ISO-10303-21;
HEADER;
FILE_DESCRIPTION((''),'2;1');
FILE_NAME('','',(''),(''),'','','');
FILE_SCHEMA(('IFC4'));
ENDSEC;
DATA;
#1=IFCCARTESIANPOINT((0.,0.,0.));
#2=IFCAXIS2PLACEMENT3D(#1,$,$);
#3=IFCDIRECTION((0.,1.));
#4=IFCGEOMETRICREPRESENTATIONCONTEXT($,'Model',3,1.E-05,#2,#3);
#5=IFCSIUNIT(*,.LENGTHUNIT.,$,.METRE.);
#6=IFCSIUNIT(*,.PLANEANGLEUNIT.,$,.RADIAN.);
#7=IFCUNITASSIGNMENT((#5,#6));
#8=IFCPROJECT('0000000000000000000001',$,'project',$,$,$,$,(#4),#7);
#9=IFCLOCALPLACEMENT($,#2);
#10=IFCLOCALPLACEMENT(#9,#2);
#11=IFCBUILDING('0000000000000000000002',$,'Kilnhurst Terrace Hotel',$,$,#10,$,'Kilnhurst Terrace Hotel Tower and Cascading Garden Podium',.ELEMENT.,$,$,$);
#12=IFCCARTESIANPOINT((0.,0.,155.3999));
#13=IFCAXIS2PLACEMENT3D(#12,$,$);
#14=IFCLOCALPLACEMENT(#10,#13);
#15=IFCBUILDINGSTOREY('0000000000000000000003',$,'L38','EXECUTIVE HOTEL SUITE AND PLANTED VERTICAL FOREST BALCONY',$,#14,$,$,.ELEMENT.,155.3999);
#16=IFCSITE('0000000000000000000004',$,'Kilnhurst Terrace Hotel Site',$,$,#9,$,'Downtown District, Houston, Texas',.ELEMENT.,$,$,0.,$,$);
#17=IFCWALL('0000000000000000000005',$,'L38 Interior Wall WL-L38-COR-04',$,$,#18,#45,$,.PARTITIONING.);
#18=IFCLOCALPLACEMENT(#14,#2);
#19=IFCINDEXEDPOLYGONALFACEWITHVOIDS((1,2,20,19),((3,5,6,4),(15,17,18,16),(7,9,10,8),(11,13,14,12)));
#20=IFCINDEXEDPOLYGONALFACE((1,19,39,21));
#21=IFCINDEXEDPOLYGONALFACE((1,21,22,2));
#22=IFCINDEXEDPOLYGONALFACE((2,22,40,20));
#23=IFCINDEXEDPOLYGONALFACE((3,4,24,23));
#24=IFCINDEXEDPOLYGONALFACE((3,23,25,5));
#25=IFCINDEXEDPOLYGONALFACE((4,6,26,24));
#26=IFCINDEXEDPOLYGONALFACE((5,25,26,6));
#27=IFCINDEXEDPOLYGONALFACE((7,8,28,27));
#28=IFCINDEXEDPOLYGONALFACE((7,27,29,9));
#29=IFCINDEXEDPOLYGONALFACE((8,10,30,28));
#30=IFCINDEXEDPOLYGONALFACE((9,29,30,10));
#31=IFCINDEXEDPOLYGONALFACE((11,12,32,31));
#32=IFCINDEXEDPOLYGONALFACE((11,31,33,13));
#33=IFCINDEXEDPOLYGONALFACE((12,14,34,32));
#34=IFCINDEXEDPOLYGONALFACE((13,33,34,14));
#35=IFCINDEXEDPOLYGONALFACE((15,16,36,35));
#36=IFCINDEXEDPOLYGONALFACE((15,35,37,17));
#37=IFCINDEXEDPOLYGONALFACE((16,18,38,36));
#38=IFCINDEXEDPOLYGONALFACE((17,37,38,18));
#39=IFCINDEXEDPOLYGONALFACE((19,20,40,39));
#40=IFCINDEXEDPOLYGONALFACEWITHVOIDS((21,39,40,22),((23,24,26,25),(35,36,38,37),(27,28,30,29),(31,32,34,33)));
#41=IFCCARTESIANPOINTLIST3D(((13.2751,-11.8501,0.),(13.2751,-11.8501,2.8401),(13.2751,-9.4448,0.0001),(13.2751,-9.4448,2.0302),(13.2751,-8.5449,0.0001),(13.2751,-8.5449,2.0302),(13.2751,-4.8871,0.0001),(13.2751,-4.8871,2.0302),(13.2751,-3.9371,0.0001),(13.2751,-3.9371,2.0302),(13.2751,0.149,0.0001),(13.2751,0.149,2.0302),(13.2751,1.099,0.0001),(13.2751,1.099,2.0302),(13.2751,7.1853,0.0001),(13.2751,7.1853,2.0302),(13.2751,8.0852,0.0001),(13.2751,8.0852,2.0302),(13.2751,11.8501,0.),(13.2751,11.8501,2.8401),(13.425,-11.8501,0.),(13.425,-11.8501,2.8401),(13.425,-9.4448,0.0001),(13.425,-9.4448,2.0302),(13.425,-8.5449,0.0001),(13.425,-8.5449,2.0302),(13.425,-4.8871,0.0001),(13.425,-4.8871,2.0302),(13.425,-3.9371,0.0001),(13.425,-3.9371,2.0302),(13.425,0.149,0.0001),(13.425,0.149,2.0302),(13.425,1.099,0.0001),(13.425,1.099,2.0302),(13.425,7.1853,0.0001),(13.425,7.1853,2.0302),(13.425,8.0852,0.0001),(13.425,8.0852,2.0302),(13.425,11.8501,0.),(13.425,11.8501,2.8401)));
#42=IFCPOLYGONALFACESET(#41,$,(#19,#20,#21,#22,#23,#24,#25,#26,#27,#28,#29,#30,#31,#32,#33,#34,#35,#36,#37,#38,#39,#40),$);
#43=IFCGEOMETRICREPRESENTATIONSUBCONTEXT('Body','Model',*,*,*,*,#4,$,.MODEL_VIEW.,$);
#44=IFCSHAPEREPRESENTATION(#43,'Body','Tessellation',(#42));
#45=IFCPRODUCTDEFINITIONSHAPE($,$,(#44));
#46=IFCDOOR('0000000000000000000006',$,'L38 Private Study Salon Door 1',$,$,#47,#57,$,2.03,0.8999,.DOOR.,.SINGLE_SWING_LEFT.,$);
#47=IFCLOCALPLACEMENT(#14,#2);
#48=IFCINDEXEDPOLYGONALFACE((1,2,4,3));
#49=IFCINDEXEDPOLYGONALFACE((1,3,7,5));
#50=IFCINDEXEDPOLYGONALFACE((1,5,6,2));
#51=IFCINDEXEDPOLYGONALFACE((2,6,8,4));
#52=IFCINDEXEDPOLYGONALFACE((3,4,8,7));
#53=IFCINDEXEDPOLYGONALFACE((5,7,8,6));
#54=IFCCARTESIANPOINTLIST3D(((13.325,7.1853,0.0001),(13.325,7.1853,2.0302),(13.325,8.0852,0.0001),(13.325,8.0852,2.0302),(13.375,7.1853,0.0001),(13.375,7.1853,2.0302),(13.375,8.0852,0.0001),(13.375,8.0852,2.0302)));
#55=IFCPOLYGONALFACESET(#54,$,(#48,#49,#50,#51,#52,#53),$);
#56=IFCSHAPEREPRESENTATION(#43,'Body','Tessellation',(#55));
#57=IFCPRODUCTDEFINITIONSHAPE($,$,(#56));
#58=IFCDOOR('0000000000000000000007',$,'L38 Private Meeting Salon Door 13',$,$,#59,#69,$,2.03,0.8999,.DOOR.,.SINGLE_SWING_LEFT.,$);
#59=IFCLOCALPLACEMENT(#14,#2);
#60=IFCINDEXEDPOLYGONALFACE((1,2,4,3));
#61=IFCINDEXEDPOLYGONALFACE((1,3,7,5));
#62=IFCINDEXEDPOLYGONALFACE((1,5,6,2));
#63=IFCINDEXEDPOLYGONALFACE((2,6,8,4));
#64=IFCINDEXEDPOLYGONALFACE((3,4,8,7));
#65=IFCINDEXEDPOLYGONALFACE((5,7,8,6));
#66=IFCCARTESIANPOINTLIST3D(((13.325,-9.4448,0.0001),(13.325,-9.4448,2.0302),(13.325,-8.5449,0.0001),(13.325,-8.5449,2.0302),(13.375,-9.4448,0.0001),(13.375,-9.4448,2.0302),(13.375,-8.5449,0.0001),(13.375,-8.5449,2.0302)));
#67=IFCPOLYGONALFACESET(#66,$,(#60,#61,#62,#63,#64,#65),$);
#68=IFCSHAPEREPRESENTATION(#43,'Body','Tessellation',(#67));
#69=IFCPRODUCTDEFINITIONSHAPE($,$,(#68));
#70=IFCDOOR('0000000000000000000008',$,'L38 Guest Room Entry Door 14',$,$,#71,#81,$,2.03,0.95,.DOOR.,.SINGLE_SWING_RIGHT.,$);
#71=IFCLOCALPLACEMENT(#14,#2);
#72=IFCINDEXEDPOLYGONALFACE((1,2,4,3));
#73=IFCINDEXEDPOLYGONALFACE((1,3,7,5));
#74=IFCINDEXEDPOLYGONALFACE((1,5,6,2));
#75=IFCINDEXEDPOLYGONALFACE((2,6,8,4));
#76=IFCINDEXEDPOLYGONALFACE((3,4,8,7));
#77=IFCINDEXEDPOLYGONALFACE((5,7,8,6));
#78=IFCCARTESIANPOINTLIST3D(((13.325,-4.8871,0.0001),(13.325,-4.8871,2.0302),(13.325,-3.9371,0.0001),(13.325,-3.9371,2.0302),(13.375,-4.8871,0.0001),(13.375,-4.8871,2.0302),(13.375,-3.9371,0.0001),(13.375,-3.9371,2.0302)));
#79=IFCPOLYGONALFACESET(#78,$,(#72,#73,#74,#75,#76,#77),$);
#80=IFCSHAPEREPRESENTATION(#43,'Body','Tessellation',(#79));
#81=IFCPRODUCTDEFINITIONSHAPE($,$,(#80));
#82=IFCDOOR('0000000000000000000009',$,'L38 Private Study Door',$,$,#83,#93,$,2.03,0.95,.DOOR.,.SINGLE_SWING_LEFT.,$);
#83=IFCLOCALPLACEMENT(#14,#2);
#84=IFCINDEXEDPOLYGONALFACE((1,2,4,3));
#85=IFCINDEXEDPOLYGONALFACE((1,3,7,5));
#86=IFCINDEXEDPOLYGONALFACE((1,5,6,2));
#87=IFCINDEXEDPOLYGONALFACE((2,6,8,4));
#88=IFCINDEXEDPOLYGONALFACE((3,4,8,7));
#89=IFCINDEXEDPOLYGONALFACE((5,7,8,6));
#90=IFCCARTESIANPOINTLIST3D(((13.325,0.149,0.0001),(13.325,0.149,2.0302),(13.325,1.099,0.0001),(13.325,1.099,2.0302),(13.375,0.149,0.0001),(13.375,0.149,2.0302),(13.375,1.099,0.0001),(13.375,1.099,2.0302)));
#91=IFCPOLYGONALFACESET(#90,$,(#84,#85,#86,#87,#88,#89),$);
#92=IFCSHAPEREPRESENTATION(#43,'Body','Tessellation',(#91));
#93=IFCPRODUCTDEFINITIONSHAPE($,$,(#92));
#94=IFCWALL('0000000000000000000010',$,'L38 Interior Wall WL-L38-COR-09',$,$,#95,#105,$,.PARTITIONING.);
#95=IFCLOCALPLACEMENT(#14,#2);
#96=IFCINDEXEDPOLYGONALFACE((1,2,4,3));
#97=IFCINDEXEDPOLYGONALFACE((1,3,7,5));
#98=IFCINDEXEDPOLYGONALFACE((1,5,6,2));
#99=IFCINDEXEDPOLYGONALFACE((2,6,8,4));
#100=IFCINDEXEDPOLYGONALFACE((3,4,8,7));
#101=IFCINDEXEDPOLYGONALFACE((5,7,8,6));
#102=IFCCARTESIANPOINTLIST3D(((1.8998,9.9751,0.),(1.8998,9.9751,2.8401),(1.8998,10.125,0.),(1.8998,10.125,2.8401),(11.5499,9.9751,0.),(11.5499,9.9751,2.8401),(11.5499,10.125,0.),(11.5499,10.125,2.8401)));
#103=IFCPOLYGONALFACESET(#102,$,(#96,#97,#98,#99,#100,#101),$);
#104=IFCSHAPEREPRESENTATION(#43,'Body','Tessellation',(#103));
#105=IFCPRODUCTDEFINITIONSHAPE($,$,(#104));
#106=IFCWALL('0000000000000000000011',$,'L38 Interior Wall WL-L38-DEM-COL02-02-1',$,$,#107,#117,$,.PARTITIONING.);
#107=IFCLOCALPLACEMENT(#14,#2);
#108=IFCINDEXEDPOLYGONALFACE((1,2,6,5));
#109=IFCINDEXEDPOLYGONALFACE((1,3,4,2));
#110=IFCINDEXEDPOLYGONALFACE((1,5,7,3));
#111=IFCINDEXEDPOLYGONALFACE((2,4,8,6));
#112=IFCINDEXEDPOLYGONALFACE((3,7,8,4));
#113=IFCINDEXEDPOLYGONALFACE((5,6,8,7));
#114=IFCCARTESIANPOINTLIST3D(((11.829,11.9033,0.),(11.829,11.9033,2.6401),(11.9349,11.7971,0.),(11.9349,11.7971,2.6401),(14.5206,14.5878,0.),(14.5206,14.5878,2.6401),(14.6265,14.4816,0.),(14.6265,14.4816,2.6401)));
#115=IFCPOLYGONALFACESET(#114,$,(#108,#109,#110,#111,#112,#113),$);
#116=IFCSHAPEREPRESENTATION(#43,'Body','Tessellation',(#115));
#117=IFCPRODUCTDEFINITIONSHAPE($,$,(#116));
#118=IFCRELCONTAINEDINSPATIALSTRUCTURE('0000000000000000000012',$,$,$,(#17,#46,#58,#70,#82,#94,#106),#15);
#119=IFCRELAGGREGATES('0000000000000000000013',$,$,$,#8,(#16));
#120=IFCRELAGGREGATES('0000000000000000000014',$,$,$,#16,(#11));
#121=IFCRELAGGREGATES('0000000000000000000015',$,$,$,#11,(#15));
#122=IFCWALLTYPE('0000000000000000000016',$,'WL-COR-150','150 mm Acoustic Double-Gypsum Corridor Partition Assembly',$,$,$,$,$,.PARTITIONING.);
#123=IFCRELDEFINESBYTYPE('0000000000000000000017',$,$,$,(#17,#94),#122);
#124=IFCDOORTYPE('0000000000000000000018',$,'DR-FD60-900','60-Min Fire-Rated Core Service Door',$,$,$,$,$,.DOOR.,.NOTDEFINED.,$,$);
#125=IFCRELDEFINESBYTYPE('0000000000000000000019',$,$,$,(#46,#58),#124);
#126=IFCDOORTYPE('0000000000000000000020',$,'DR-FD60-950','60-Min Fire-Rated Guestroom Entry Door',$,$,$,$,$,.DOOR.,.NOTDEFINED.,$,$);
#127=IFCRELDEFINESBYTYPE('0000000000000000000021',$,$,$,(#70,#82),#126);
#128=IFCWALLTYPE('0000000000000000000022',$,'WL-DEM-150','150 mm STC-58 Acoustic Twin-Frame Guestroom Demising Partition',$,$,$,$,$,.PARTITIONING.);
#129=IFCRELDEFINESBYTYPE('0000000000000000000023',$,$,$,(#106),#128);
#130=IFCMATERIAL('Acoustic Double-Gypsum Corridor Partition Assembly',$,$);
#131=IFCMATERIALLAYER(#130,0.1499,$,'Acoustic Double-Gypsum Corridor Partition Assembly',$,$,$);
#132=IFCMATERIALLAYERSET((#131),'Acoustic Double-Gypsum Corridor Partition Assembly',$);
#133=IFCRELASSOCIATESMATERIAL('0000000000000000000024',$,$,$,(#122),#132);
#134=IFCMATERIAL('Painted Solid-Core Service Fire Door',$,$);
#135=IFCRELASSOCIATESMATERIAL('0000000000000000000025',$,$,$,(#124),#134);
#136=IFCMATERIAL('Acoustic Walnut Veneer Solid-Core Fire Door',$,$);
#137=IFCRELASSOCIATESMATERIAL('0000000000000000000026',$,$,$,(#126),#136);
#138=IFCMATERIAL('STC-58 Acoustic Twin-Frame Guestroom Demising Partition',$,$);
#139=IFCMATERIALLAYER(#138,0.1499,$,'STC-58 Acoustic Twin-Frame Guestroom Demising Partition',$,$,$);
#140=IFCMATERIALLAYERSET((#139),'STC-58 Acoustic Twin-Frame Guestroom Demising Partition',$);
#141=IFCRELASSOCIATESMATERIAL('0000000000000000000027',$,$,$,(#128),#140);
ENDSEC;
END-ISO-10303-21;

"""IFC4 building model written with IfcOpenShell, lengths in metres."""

from ifc_helpers import new_model, si_unit, direction, frame, frame_2d, origin, place, context, subcontext, project, spatial, rectangle, extrude, material, layer, layer_set, type_object, element, fill, save


model = new_model("IFC4")

# Units and contexts
model_context = context("Model", 3, precision=1e-05, world=origin(), true_north=direction((0.0, 1.0)))
body_context = subcontext(model_context, "Body", "Model", "MODEL_VIEW")
ifc_project = project(units=[si_unit("LENGTHUNIT", "METRE"), si_unit("PLANEANGLEUNIT", "RADIAN")], contexts=[model_context])

# Site, building, storey
site_placement = place(None, origin())
site = spatial("IfcSite", under=ifc_project, at=site_placement, Name="Kilnhurst Terrace Hotel Site", LongName="Downtown District, Houston, Texas", CompositionType="ELEMENT", RefElevation=0.0)
building_placement = place(site_placement, origin())
building = spatial("IfcBuilding", under=site, at=building_placement, Name="Kilnhurst Terrace Hotel", LongName="Kilnhurst Terrace Hotel Tower and Cascading Garden Podium", CompositionType="ELEMENT")
storey_placement = place(building_placement, frame((0.0, 0.0, 155.3999)))
storey = spatial("IfcBuildingStorey", under=building, at=storey_placement, Name="L38", Description="EXECUTIVE HOTEL SUITE AND PLANTED VERTICAL FOREST BALCONY", CompositionType="ELEMENT", Elevation=155.3999)

# Wall, openings, doors
ifc_material_1 = material(Name="Acoustic Double-Gypsum Corridor Partition Assembly")
ifc_layer_1 = layer(ifc_material_1, 0.1499, Name="Acoustic Double-Gypsum Corridor Partition Assembly")
ifc_layer_set_1 = layer_set([ifc_layer_1], Name="Acoustic Double-Gypsum Corridor Partition Assembly")
wall_type_1 = type_object("IfcWallType", Name="WL-COR-150", Description="150 mm Acoustic Double-Gypsum Corridor Partition Assembly", PredefinedType="PARTITIONING", material=ifc_layer_set_1)
wall_1_placement = place(storey_placement, frame((13.3501, 11.8501, 0.0), z_axis=(0.0, 0.0, 1.0), x_axis=(0.0, -1.0, 0.0)))
wall_1 = element("IfcWall", 1, at=wall_1_placement, inside=storey, type_object=wall_type_1, Name="L38 Interior Wall WL-L38-COR-04", PredefinedType="PARTITIONING", context=body_context, shape_type="SweptSolid", body=[
    extrude(rectangle(XDim=23.7002, YDim=0.1499, at=frame_2d((11.8501, 0.0))), origin(), (0.0, 0.0, 1.0), 2.8401),
])
opening_1_placement = place(wall_1_placement, frame((3.7649, 0.0, 0.0)))
opening_1 = element("IfcOpeningElement", 2, at=opening_1_placement, cuts=wall_1, PredefinedType="OPENING", context=body_context, shape_type="SweptSolid", body=[
    extrude(rectangle(XDim=0.8999, YDim=2.03, at=frame_2d((0.45, 1.0151))), frame((0.0, 0.085, 0.0), z_axis=(0.0, -1.0, 0.0), x_axis=(1.0, 0.0, 0.0)), (0.0, 0.0, 1.0), 0.1699),
])
opening_2_placement = place(wall_1_placement, frame((20.395, 0.0, 0.0)))
opening_2 = element("IfcOpeningElement", 3, at=opening_2_placement, cuts=wall_1, PredefinedType="OPENING", context=body_context, shape_type="SweptSolid", body=[
    extrude(rectangle(XDim=0.8999, YDim=2.03, at=frame_2d((0.45, 1.0151))), frame((0.0, 0.085, 0.0), z_axis=(0.0, -1.0, 0.0), x_axis=(1.0, 0.0, 0.0)), (0.0, 0.0, 1.0), 0.1699),
])
opening_3_placement = place(wall_1_placement, frame((15.7871, 0.0, 0.0)))
opening_3 = element("IfcOpeningElement", 4, at=opening_3_placement, cuts=wall_1, PredefinedType="OPENING", context=body_context, shape_type="SweptSolid", body=[
    extrude(rectangle(XDim=0.95, YDim=2.03, at=frame_2d((0.4751, 1.0151))), frame((0.0, 0.085, 0.0), z_axis=(0.0, -1.0, 0.0), x_axis=(1.0, 0.0, 0.0)), (0.0, 0.0, 1.0), 0.1699),
])
opening_4_placement = place(wall_1_placement, frame((10.751, 0.0, 0.0)))
opening_4 = element("IfcOpeningElement", 5, at=opening_4_placement, cuts=wall_1, PredefinedType="OPENING", context=body_context, shape_type="SweptSolid", body=[
    extrude(rectangle(XDim=0.95, YDim=2.03, at=frame_2d((0.4751, 1.0151))), frame((0.0, 0.085, 0.0), z_axis=(0.0, -1.0, 0.0), x_axis=(1.0, 0.0, 0.0)), (0.0, 0.0, 1.0), 0.1699),
])
ifc_material_2 = material(Name="Painted Solid-Core Service Fire Door")
door_type_1 = type_object("IfcDoorType", Name="DR-FD60-900", Description="60-Min Fire-Rated Core Service Door", OperationType="NOTDEFINED", PredefinedType="DOOR", material=ifc_material_2)
door_1_placement = place(opening_1_placement, origin())
door_1 = element("IfcDoor", 6, at=door_1_placement, inside=storey, type_object=door_type_1, Name="L38 Private Study Salon Door 1", OperationType="SINGLE_SWING_LEFT", OverallHeight=2.03, OverallWidth=0.8999, PredefinedType="DOOR", context=body_context, shape_type="SweptSolid", body=[
    extrude(rectangle(XDim=0.8999, YDim=2.03, at=frame_2d((0.45, 1.0151))), frame((0.0, 0.0249, 0.0), z_axis=(0.0, -1.0, 0.0), x_axis=(1.0, 0.0, 0.0)), (0.0, 0.0, 1.0), 0.05),
])
fill(opening_1, door_1)
door_2_placement = place(opening_2_placement, origin())
door_2 = element("IfcDoor", 7, at=door_2_placement, inside=storey, type_object=door_type_1, Name="L38 Private Meeting Salon Door 13", OperationType="SINGLE_SWING_LEFT", OverallHeight=2.03, OverallWidth=0.8999, PredefinedType="DOOR", context=body_context, shape_type="SweptSolid", body=[
    extrude(rectangle(XDim=0.8999, YDim=2.03, at=frame_2d((0.45, 1.0151))), frame((0.0, 0.0249, 0.0), z_axis=(0.0, -1.0, 0.0), x_axis=(1.0, 0.0, 0.0)), (0.0, 0.0, 1.0), 0.05),
])
fill(opening_2, door_2)
ifc_material_3 = material(Name="Acoustic Walnut Veneer Solid-Core Fire Door")
door_type_2 = type_object("IfcDoorType", Name="DR-FD60-950", Description="60-Min Fire-Rated Guestroom Entry Door", OperationType="NOTDEFINED", PredefinedType="DOOR", material=ifc_material_3)
door_3_placement = place(opening_3_placement, origin())
door_3 = element("IfcDoor", 8, at=door_3_placement, inside=storey, type_object=door_type_2, Name="L38 Guest Room Entry Door 14", OperationType="SINGLE_SWING_RIGHT", OverallHeight=2.03, OverallWidth=0.95, PredefinedType="DOOR", context=body_context, shape_type="SweptSolid", body=[
    extrude(rectangle(XDim=0.95, YDim=2.03, at=frame_2d((0.4751, 1.0151))), frame((0.0, 0.0249, 0.0), z_axis=(0.0, -1.0, 0.0), x_axis=(1.0, 0.0, 0.0)), (0.0, 0.0, 1.0), 0.05),
])
fill(opening_3, door_3)
door_4_placement = place(opening_4_placement, origin())
door_4 = element("IfcDoor", 9, at=door_4_placement, inside=storey, type_object=door_type_2, Name="L38 Private Study Door", OperationType="SINGLE_SWING_LEFT", OverallHeight=2.03, OverallWidth=0.95, PredefinedType="DOOR", context=body_context, shape_type="SweptSolid", body=[
    extrude(rectangle(XDim=0.95, YDim=2.03, at=frame_2d((0.4751, 1.0151))), frame((0.0, 0.0249, 0.0), z_axis=(0.0, -1.0, 0.0), x_axis=(1.0, 0.0, 0.0)), (0.0, 0.0, 1.0), 0.05),
])
fill(opening_4, door_4)

# Walls
wall_2_placement = place(storey_placement, frame((11.55, 10.05, 0.0), z_axis=(0.0, 0.0, 1.0), x_axis=(-1.0, 0.0, 0.0)))
element("IfcWall", 10, at=wall_2_placement, inside=storey, type_object=wall_type_1, Name="L38 Interior Wall WL-L38-COR-09", PredefinedType="PARTITIONING", context=body_context, shape_type="SweptSolid", body=[
    extrude(rectangle(XDim=9.6501, YDim=0.1499, at=frame_2d((4.8252, 0.0))), origin(), (0.0, 0.0, 1.0), 2.8401),
])
ifc_material_4 = material(Name="STC-58 Acoustic Twin-Frame Guestroom Demising Partition")
ifc_layer_2 = layer(ifc_material_4, 0.1499, Name="STC-58 Acoustic Twin-Frame Guestroom Demising Partition")
ifc_layer_set_2 = layer_set([ifc_layer_2], Name="STC-58 Acoustic Twin-Frame Guestroom Demising Partition")
wall_type_2 = type_object("IfcWallType", Name="WL-DEM-150", Description="150 mm STC-58 Acoustic Twin-Frame Guestroom Demising Partition", PredefinedType="PARTITIONING", material=ifc_layer_set_2)
wall_3_placement = place(storey_placement, frame((11.8818, 11.8501, 0.0), z_axis=(0.0, 0.0, 1.0), x_axis=(0.708037, 0.706175, 0.0)))
element("IfcWall", 11, at=wall_3_placement, inside=storey, type_object=wall_type_2, Name="L38 Interior Wall WL-L38-DEM-COL02-02-1", PredefinedType="PARTITIONING", context=body_context, shape_type="SweptSolid", body=[
    extrude(rectangle(XDim=3.8015, YDim=0.1499, at=frame_2d((1.9009, 0.0))), origin(), (0.0, 0.0, 1.0), 2.6401),
])

save(model, "model.ifc")
